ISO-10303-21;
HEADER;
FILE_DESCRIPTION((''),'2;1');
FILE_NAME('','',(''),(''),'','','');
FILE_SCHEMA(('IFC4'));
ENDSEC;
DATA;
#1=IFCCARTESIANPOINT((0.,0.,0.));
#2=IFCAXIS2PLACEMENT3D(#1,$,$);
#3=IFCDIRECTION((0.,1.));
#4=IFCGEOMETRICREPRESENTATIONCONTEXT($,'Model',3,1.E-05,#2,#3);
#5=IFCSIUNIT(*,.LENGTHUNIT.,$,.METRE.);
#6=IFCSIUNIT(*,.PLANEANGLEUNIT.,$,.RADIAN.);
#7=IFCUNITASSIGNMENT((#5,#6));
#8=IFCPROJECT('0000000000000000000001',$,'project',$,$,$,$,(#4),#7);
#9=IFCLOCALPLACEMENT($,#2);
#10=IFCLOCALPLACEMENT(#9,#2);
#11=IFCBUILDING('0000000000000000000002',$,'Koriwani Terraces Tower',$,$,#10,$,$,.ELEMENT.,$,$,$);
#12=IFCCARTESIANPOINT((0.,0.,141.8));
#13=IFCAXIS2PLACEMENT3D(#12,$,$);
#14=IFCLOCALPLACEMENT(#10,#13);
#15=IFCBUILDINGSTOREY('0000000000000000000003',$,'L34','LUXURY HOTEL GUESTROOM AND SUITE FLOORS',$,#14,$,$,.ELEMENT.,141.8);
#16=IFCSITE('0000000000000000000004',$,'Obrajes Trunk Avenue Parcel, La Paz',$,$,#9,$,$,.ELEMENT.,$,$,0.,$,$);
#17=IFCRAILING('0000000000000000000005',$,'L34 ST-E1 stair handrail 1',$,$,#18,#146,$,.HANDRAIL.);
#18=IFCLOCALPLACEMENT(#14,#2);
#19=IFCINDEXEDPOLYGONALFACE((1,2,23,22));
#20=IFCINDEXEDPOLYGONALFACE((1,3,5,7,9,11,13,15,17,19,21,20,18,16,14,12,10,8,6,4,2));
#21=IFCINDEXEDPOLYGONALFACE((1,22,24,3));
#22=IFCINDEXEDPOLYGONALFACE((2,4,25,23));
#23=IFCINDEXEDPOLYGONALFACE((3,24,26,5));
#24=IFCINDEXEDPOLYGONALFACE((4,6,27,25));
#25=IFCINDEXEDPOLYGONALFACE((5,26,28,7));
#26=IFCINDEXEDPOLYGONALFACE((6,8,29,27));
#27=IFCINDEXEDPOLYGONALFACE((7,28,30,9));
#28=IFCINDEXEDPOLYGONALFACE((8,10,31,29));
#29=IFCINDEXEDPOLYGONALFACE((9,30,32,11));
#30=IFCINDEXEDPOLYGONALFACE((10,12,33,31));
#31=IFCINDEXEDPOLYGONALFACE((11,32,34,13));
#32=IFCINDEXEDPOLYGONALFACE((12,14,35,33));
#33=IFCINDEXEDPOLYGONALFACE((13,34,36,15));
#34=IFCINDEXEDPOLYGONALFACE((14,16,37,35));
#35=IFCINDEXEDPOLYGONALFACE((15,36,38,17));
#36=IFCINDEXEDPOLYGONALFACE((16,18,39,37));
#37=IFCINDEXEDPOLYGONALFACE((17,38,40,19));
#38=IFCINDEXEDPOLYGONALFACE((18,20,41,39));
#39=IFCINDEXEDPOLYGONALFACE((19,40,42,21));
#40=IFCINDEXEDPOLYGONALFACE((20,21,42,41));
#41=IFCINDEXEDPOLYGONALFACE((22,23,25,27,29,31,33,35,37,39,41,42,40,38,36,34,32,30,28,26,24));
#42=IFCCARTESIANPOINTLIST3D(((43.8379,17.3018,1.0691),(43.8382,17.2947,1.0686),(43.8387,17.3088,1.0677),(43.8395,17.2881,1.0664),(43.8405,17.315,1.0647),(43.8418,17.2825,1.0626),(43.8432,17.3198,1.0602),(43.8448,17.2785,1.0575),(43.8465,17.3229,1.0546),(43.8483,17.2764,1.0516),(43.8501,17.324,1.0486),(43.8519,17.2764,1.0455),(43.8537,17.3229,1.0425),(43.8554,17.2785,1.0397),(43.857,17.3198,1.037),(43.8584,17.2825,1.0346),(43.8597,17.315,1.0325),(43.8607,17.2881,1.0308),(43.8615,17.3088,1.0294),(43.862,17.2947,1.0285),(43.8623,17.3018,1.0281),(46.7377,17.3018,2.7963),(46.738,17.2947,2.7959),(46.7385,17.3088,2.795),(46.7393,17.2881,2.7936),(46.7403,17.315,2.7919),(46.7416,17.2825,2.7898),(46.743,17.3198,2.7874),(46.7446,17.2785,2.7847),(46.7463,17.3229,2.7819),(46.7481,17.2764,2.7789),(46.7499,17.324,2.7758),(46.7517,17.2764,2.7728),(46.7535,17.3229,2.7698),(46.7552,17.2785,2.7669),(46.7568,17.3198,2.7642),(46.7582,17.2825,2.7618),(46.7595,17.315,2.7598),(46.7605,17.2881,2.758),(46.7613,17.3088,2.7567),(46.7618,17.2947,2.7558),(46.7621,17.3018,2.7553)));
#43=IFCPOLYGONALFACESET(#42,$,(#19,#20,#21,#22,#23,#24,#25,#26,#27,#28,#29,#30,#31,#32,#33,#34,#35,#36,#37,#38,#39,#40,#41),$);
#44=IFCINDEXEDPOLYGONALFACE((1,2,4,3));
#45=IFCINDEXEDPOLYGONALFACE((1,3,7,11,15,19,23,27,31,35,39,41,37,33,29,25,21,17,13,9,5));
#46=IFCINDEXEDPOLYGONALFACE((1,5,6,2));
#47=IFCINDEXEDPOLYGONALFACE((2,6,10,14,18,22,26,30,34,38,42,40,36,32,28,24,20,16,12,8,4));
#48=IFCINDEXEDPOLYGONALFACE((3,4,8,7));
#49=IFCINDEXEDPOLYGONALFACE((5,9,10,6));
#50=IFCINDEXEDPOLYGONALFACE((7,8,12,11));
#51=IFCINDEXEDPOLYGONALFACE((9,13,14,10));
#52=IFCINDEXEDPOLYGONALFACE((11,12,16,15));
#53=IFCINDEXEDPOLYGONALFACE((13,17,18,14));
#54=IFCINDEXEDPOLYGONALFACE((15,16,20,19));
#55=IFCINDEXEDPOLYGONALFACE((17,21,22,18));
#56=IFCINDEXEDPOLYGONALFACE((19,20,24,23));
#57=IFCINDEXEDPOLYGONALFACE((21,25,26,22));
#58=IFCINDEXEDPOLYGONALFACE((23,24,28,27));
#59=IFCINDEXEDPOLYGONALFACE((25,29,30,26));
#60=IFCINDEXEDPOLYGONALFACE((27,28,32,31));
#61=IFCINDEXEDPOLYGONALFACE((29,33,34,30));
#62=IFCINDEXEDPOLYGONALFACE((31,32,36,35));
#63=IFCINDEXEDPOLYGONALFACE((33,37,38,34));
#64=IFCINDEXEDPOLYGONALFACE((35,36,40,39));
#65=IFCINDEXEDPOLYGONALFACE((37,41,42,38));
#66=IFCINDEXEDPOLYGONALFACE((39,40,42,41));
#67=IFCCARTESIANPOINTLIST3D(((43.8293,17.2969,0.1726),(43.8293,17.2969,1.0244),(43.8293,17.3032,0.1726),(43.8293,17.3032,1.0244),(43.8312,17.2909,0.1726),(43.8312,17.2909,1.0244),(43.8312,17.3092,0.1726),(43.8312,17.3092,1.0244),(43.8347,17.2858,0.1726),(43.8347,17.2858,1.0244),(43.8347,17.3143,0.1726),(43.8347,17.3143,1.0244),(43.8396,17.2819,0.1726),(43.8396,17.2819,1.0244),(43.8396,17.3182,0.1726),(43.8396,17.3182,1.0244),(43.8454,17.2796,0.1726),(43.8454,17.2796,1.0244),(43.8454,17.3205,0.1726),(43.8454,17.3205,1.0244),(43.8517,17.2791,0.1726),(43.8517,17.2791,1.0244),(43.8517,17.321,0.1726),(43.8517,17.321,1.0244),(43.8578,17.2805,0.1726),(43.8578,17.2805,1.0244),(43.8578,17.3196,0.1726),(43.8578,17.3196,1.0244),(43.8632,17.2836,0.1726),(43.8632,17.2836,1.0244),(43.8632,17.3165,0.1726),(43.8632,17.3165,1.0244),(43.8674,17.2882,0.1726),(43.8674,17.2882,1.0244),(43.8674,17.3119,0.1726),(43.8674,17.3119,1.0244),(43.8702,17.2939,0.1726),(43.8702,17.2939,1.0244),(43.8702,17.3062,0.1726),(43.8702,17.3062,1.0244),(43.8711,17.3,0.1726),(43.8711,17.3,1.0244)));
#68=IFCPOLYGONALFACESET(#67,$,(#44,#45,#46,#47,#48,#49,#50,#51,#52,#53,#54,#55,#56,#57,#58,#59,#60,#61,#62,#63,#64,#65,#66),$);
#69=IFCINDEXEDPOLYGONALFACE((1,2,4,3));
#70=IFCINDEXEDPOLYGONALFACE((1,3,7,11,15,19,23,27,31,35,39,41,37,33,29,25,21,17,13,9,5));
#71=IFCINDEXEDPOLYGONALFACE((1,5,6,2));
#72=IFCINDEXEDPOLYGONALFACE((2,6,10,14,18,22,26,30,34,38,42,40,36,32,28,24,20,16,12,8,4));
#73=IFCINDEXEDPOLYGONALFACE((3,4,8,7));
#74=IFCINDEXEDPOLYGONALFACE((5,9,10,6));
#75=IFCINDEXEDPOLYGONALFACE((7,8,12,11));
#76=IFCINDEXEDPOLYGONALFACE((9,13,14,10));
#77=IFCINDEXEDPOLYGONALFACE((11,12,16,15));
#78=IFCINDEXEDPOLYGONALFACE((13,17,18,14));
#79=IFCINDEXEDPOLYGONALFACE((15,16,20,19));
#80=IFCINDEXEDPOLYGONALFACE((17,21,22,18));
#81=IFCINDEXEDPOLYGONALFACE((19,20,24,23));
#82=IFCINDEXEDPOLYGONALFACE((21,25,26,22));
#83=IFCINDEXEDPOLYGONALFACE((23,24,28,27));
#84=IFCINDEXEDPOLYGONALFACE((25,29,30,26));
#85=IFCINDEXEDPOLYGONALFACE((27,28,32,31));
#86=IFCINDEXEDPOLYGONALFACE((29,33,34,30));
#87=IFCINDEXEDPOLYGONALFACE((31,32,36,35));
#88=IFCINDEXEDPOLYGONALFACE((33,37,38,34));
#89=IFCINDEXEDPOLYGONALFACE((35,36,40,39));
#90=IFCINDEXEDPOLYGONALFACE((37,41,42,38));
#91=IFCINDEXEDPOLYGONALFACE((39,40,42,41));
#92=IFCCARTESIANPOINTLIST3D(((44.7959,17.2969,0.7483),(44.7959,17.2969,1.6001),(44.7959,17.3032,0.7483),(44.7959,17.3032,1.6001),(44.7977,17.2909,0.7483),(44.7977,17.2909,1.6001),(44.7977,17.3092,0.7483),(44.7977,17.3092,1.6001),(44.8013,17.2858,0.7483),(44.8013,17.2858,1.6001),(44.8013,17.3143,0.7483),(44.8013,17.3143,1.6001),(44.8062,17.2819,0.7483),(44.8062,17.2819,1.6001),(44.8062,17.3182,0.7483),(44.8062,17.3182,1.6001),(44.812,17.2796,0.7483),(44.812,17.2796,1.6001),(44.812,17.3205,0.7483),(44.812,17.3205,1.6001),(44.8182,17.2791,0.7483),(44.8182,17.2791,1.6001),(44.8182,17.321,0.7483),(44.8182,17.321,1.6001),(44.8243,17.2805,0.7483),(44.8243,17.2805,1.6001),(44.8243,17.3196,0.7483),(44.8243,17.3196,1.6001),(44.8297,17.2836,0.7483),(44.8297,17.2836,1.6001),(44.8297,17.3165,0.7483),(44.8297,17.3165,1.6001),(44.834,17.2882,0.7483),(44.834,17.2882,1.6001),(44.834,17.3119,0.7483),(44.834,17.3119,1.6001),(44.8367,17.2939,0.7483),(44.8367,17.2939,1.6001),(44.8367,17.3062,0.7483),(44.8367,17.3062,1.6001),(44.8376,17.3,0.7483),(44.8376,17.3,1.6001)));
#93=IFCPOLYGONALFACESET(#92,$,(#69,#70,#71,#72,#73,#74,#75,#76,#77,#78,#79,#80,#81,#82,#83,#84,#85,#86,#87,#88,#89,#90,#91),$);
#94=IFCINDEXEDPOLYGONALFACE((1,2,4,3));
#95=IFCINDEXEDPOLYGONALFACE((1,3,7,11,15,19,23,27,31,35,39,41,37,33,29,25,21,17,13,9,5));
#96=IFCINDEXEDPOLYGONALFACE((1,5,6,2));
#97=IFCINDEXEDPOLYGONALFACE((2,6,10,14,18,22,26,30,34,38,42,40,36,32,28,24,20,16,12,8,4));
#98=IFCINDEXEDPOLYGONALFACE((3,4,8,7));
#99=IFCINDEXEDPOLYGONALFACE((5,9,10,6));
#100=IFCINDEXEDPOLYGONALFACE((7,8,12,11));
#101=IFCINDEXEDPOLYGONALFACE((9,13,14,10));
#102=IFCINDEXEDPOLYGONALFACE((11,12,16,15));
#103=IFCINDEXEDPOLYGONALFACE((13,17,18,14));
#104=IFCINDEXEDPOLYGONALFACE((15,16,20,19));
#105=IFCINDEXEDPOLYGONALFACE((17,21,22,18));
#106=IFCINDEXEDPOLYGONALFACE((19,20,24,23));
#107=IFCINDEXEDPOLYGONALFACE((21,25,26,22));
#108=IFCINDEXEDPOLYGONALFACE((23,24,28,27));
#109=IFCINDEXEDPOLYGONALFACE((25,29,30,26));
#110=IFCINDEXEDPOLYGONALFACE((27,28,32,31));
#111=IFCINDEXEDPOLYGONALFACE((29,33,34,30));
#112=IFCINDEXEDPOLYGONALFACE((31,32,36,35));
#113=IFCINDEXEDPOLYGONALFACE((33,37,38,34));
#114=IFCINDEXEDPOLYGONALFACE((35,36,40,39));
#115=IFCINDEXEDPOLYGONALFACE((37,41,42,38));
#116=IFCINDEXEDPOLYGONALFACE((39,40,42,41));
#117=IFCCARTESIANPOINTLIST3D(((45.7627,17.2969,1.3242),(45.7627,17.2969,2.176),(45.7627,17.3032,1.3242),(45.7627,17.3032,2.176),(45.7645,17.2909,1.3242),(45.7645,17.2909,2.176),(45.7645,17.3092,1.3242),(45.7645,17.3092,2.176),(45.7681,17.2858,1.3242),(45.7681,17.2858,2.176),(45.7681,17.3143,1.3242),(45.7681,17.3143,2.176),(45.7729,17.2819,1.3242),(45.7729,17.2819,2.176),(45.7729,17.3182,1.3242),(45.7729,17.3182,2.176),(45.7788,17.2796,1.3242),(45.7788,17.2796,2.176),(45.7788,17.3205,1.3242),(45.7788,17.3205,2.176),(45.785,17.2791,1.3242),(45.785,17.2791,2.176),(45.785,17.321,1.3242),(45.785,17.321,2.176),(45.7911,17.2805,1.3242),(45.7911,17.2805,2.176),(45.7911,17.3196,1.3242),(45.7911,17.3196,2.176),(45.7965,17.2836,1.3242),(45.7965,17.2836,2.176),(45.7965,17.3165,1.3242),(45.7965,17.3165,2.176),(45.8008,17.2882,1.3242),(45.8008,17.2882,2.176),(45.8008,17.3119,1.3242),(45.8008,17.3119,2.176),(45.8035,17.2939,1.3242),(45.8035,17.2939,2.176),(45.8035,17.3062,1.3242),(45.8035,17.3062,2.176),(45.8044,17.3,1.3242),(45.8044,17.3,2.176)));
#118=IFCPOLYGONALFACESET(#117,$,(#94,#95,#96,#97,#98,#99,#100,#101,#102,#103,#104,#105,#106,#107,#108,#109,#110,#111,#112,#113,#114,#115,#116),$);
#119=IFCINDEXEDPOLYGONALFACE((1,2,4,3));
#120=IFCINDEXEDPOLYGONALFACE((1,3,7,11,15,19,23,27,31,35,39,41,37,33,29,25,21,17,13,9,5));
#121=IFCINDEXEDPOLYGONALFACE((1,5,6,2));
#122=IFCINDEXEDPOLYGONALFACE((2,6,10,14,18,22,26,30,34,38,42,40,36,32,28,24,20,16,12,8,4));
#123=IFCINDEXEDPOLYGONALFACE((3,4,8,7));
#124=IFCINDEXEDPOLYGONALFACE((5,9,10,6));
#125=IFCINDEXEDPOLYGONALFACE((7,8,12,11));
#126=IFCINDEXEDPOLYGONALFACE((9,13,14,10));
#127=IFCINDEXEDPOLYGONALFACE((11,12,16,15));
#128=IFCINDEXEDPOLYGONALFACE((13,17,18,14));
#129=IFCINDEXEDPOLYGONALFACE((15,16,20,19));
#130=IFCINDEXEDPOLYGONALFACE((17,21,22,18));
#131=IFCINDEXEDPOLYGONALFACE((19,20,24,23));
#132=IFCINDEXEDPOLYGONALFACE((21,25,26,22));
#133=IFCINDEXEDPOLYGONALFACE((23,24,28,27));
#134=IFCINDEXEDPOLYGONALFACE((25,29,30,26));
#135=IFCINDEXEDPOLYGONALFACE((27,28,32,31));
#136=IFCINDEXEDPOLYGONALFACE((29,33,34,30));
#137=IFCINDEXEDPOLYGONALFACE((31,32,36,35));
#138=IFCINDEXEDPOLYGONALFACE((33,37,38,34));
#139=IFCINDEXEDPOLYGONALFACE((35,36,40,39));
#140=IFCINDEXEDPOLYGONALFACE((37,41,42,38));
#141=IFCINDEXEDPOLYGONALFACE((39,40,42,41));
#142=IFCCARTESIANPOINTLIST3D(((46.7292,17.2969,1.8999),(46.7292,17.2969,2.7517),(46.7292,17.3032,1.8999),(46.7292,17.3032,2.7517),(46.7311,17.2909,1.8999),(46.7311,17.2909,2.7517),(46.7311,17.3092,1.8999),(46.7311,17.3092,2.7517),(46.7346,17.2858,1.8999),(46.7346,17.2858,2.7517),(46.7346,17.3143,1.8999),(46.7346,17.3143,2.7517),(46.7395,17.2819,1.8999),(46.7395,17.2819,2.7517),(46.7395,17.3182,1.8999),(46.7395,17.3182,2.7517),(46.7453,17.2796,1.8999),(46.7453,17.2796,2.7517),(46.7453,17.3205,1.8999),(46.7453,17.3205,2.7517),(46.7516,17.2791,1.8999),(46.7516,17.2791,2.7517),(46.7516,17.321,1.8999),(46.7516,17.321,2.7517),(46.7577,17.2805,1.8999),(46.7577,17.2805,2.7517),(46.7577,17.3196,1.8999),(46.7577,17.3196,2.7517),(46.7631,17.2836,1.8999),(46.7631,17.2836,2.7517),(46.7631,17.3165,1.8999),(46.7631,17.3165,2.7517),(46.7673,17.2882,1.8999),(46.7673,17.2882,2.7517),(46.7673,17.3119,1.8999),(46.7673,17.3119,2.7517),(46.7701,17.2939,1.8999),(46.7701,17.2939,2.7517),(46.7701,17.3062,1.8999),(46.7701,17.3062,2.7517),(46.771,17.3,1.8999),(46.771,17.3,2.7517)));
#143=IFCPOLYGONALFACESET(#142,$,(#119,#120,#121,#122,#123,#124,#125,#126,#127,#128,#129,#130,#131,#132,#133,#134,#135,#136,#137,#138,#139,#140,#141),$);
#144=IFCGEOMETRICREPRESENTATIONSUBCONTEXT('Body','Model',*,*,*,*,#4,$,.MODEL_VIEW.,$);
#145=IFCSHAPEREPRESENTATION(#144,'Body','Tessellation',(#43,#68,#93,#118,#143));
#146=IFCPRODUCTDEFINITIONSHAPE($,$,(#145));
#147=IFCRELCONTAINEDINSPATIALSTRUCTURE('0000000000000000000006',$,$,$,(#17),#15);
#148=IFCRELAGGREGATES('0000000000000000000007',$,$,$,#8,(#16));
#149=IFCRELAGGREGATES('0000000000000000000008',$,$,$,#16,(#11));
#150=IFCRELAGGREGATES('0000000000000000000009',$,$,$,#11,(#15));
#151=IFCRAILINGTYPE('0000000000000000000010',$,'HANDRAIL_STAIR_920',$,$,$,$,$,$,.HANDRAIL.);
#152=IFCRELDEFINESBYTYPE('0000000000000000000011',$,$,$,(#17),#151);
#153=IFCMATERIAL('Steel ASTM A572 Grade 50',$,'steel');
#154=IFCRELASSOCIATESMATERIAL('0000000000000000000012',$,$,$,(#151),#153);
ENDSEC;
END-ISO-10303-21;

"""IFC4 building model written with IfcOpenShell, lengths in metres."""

from ifc_helpers import new_model, si_unit, direction, frame, origin, origin_2d, place, context, subcontext, project, spatial, circle, extrude, material, type_object, element, save


model = new_model("IFC4")

# Units and contexts
model_context = context("Model", 3, precision=1e-05, world=origin(), true_north=direction((0.0, 1.0)))
body_context = subcontext(model_context, "Body", "Model", "MODEL_VIEW")
ifc_project = project(units=[si_unit("LENGTHUNIT", "METRE"), si_unit("PLANEANGLEUNIT", "RADIAN")], contexts=[model_context])

# Site, building, storey
site_placement = place(None, origin())
site = spatial("IfcSite", under=ifc_project, at=site_placement, Name="Obrajes Trunk Avenue Parcel, La Paz", CompositionType="ELEMENT", RefElevation=0.0)
building_placement = place(site_placement, origin())
building = spatial("IfcBuilding", under=site, at=building_placement, Name="Koriwani Terraces Tower", CompositionType="ELEMENT")
storey_placement = place(building_placement, frame((0.0, 0.0, 141.8)))
storey = spatial("IfcBuildingStorey", under=building, at=storey_placement, Name="L34", Description="LUXURY HOTEL GUESTROOM AND SUITE FLOORS", CompositionType="ELEMENT", Elevation=141.8)

# Shared definitions
ifc_material_1 = material(Name="Steel ASTM A572 Grade 50", Category="steel")

# Railing
railing_type = type_object("IfcRailingType", Name="HANDRAIL_STAIR_920", PredefinedType="HANDRAIL", material=ifc_material_1)
for number, where, name in (
    (1, (43.8501, 17.3, 0.1726), "L34 ST-E1 stair handrail 1"),
):
    element("IfcRailing", number, at=place(storey_placement, frame(where)), inside=storey, type_object=railing_type, Name=name, PredefinedType="HANDRAIL", context=body_context, shape_type="SweptSolid", body=[
        extrude(circle(Radius=0.0239, at=origin_2d()), frame((0.0, 0.0, 0.876), z_axis=(0.859141, 0.0, 0.511738), x_axis=(0.0, 1.0, 0.0)), (0.0, 0.0, 1.0), 3.3752),
        extrude(circle(Radius=0.021, at=origin_2d()), origin(), (0.0, 0.0, 1.0), 0.8518),
        extrude(circle(Radius=0.021, at=origin_2d()), frame((0.9666, 0.0, 0.5757)), (0.0, 0.0, 1.0), 0.8518),
        extrude(circle(Radius=0.021, at=origin_2d()), frame((1.9333, 0.0, 1.1516)), (0.0, 0.0, 1.0), 0.8518),
        extrude(circle(Radius=0.021, at=origin_2d()), frame((2.8999, 0.0, 1.7273)), (0.0, 0.0, 1.0), 0.8518),
    ])

save(model, "model.ifc")
